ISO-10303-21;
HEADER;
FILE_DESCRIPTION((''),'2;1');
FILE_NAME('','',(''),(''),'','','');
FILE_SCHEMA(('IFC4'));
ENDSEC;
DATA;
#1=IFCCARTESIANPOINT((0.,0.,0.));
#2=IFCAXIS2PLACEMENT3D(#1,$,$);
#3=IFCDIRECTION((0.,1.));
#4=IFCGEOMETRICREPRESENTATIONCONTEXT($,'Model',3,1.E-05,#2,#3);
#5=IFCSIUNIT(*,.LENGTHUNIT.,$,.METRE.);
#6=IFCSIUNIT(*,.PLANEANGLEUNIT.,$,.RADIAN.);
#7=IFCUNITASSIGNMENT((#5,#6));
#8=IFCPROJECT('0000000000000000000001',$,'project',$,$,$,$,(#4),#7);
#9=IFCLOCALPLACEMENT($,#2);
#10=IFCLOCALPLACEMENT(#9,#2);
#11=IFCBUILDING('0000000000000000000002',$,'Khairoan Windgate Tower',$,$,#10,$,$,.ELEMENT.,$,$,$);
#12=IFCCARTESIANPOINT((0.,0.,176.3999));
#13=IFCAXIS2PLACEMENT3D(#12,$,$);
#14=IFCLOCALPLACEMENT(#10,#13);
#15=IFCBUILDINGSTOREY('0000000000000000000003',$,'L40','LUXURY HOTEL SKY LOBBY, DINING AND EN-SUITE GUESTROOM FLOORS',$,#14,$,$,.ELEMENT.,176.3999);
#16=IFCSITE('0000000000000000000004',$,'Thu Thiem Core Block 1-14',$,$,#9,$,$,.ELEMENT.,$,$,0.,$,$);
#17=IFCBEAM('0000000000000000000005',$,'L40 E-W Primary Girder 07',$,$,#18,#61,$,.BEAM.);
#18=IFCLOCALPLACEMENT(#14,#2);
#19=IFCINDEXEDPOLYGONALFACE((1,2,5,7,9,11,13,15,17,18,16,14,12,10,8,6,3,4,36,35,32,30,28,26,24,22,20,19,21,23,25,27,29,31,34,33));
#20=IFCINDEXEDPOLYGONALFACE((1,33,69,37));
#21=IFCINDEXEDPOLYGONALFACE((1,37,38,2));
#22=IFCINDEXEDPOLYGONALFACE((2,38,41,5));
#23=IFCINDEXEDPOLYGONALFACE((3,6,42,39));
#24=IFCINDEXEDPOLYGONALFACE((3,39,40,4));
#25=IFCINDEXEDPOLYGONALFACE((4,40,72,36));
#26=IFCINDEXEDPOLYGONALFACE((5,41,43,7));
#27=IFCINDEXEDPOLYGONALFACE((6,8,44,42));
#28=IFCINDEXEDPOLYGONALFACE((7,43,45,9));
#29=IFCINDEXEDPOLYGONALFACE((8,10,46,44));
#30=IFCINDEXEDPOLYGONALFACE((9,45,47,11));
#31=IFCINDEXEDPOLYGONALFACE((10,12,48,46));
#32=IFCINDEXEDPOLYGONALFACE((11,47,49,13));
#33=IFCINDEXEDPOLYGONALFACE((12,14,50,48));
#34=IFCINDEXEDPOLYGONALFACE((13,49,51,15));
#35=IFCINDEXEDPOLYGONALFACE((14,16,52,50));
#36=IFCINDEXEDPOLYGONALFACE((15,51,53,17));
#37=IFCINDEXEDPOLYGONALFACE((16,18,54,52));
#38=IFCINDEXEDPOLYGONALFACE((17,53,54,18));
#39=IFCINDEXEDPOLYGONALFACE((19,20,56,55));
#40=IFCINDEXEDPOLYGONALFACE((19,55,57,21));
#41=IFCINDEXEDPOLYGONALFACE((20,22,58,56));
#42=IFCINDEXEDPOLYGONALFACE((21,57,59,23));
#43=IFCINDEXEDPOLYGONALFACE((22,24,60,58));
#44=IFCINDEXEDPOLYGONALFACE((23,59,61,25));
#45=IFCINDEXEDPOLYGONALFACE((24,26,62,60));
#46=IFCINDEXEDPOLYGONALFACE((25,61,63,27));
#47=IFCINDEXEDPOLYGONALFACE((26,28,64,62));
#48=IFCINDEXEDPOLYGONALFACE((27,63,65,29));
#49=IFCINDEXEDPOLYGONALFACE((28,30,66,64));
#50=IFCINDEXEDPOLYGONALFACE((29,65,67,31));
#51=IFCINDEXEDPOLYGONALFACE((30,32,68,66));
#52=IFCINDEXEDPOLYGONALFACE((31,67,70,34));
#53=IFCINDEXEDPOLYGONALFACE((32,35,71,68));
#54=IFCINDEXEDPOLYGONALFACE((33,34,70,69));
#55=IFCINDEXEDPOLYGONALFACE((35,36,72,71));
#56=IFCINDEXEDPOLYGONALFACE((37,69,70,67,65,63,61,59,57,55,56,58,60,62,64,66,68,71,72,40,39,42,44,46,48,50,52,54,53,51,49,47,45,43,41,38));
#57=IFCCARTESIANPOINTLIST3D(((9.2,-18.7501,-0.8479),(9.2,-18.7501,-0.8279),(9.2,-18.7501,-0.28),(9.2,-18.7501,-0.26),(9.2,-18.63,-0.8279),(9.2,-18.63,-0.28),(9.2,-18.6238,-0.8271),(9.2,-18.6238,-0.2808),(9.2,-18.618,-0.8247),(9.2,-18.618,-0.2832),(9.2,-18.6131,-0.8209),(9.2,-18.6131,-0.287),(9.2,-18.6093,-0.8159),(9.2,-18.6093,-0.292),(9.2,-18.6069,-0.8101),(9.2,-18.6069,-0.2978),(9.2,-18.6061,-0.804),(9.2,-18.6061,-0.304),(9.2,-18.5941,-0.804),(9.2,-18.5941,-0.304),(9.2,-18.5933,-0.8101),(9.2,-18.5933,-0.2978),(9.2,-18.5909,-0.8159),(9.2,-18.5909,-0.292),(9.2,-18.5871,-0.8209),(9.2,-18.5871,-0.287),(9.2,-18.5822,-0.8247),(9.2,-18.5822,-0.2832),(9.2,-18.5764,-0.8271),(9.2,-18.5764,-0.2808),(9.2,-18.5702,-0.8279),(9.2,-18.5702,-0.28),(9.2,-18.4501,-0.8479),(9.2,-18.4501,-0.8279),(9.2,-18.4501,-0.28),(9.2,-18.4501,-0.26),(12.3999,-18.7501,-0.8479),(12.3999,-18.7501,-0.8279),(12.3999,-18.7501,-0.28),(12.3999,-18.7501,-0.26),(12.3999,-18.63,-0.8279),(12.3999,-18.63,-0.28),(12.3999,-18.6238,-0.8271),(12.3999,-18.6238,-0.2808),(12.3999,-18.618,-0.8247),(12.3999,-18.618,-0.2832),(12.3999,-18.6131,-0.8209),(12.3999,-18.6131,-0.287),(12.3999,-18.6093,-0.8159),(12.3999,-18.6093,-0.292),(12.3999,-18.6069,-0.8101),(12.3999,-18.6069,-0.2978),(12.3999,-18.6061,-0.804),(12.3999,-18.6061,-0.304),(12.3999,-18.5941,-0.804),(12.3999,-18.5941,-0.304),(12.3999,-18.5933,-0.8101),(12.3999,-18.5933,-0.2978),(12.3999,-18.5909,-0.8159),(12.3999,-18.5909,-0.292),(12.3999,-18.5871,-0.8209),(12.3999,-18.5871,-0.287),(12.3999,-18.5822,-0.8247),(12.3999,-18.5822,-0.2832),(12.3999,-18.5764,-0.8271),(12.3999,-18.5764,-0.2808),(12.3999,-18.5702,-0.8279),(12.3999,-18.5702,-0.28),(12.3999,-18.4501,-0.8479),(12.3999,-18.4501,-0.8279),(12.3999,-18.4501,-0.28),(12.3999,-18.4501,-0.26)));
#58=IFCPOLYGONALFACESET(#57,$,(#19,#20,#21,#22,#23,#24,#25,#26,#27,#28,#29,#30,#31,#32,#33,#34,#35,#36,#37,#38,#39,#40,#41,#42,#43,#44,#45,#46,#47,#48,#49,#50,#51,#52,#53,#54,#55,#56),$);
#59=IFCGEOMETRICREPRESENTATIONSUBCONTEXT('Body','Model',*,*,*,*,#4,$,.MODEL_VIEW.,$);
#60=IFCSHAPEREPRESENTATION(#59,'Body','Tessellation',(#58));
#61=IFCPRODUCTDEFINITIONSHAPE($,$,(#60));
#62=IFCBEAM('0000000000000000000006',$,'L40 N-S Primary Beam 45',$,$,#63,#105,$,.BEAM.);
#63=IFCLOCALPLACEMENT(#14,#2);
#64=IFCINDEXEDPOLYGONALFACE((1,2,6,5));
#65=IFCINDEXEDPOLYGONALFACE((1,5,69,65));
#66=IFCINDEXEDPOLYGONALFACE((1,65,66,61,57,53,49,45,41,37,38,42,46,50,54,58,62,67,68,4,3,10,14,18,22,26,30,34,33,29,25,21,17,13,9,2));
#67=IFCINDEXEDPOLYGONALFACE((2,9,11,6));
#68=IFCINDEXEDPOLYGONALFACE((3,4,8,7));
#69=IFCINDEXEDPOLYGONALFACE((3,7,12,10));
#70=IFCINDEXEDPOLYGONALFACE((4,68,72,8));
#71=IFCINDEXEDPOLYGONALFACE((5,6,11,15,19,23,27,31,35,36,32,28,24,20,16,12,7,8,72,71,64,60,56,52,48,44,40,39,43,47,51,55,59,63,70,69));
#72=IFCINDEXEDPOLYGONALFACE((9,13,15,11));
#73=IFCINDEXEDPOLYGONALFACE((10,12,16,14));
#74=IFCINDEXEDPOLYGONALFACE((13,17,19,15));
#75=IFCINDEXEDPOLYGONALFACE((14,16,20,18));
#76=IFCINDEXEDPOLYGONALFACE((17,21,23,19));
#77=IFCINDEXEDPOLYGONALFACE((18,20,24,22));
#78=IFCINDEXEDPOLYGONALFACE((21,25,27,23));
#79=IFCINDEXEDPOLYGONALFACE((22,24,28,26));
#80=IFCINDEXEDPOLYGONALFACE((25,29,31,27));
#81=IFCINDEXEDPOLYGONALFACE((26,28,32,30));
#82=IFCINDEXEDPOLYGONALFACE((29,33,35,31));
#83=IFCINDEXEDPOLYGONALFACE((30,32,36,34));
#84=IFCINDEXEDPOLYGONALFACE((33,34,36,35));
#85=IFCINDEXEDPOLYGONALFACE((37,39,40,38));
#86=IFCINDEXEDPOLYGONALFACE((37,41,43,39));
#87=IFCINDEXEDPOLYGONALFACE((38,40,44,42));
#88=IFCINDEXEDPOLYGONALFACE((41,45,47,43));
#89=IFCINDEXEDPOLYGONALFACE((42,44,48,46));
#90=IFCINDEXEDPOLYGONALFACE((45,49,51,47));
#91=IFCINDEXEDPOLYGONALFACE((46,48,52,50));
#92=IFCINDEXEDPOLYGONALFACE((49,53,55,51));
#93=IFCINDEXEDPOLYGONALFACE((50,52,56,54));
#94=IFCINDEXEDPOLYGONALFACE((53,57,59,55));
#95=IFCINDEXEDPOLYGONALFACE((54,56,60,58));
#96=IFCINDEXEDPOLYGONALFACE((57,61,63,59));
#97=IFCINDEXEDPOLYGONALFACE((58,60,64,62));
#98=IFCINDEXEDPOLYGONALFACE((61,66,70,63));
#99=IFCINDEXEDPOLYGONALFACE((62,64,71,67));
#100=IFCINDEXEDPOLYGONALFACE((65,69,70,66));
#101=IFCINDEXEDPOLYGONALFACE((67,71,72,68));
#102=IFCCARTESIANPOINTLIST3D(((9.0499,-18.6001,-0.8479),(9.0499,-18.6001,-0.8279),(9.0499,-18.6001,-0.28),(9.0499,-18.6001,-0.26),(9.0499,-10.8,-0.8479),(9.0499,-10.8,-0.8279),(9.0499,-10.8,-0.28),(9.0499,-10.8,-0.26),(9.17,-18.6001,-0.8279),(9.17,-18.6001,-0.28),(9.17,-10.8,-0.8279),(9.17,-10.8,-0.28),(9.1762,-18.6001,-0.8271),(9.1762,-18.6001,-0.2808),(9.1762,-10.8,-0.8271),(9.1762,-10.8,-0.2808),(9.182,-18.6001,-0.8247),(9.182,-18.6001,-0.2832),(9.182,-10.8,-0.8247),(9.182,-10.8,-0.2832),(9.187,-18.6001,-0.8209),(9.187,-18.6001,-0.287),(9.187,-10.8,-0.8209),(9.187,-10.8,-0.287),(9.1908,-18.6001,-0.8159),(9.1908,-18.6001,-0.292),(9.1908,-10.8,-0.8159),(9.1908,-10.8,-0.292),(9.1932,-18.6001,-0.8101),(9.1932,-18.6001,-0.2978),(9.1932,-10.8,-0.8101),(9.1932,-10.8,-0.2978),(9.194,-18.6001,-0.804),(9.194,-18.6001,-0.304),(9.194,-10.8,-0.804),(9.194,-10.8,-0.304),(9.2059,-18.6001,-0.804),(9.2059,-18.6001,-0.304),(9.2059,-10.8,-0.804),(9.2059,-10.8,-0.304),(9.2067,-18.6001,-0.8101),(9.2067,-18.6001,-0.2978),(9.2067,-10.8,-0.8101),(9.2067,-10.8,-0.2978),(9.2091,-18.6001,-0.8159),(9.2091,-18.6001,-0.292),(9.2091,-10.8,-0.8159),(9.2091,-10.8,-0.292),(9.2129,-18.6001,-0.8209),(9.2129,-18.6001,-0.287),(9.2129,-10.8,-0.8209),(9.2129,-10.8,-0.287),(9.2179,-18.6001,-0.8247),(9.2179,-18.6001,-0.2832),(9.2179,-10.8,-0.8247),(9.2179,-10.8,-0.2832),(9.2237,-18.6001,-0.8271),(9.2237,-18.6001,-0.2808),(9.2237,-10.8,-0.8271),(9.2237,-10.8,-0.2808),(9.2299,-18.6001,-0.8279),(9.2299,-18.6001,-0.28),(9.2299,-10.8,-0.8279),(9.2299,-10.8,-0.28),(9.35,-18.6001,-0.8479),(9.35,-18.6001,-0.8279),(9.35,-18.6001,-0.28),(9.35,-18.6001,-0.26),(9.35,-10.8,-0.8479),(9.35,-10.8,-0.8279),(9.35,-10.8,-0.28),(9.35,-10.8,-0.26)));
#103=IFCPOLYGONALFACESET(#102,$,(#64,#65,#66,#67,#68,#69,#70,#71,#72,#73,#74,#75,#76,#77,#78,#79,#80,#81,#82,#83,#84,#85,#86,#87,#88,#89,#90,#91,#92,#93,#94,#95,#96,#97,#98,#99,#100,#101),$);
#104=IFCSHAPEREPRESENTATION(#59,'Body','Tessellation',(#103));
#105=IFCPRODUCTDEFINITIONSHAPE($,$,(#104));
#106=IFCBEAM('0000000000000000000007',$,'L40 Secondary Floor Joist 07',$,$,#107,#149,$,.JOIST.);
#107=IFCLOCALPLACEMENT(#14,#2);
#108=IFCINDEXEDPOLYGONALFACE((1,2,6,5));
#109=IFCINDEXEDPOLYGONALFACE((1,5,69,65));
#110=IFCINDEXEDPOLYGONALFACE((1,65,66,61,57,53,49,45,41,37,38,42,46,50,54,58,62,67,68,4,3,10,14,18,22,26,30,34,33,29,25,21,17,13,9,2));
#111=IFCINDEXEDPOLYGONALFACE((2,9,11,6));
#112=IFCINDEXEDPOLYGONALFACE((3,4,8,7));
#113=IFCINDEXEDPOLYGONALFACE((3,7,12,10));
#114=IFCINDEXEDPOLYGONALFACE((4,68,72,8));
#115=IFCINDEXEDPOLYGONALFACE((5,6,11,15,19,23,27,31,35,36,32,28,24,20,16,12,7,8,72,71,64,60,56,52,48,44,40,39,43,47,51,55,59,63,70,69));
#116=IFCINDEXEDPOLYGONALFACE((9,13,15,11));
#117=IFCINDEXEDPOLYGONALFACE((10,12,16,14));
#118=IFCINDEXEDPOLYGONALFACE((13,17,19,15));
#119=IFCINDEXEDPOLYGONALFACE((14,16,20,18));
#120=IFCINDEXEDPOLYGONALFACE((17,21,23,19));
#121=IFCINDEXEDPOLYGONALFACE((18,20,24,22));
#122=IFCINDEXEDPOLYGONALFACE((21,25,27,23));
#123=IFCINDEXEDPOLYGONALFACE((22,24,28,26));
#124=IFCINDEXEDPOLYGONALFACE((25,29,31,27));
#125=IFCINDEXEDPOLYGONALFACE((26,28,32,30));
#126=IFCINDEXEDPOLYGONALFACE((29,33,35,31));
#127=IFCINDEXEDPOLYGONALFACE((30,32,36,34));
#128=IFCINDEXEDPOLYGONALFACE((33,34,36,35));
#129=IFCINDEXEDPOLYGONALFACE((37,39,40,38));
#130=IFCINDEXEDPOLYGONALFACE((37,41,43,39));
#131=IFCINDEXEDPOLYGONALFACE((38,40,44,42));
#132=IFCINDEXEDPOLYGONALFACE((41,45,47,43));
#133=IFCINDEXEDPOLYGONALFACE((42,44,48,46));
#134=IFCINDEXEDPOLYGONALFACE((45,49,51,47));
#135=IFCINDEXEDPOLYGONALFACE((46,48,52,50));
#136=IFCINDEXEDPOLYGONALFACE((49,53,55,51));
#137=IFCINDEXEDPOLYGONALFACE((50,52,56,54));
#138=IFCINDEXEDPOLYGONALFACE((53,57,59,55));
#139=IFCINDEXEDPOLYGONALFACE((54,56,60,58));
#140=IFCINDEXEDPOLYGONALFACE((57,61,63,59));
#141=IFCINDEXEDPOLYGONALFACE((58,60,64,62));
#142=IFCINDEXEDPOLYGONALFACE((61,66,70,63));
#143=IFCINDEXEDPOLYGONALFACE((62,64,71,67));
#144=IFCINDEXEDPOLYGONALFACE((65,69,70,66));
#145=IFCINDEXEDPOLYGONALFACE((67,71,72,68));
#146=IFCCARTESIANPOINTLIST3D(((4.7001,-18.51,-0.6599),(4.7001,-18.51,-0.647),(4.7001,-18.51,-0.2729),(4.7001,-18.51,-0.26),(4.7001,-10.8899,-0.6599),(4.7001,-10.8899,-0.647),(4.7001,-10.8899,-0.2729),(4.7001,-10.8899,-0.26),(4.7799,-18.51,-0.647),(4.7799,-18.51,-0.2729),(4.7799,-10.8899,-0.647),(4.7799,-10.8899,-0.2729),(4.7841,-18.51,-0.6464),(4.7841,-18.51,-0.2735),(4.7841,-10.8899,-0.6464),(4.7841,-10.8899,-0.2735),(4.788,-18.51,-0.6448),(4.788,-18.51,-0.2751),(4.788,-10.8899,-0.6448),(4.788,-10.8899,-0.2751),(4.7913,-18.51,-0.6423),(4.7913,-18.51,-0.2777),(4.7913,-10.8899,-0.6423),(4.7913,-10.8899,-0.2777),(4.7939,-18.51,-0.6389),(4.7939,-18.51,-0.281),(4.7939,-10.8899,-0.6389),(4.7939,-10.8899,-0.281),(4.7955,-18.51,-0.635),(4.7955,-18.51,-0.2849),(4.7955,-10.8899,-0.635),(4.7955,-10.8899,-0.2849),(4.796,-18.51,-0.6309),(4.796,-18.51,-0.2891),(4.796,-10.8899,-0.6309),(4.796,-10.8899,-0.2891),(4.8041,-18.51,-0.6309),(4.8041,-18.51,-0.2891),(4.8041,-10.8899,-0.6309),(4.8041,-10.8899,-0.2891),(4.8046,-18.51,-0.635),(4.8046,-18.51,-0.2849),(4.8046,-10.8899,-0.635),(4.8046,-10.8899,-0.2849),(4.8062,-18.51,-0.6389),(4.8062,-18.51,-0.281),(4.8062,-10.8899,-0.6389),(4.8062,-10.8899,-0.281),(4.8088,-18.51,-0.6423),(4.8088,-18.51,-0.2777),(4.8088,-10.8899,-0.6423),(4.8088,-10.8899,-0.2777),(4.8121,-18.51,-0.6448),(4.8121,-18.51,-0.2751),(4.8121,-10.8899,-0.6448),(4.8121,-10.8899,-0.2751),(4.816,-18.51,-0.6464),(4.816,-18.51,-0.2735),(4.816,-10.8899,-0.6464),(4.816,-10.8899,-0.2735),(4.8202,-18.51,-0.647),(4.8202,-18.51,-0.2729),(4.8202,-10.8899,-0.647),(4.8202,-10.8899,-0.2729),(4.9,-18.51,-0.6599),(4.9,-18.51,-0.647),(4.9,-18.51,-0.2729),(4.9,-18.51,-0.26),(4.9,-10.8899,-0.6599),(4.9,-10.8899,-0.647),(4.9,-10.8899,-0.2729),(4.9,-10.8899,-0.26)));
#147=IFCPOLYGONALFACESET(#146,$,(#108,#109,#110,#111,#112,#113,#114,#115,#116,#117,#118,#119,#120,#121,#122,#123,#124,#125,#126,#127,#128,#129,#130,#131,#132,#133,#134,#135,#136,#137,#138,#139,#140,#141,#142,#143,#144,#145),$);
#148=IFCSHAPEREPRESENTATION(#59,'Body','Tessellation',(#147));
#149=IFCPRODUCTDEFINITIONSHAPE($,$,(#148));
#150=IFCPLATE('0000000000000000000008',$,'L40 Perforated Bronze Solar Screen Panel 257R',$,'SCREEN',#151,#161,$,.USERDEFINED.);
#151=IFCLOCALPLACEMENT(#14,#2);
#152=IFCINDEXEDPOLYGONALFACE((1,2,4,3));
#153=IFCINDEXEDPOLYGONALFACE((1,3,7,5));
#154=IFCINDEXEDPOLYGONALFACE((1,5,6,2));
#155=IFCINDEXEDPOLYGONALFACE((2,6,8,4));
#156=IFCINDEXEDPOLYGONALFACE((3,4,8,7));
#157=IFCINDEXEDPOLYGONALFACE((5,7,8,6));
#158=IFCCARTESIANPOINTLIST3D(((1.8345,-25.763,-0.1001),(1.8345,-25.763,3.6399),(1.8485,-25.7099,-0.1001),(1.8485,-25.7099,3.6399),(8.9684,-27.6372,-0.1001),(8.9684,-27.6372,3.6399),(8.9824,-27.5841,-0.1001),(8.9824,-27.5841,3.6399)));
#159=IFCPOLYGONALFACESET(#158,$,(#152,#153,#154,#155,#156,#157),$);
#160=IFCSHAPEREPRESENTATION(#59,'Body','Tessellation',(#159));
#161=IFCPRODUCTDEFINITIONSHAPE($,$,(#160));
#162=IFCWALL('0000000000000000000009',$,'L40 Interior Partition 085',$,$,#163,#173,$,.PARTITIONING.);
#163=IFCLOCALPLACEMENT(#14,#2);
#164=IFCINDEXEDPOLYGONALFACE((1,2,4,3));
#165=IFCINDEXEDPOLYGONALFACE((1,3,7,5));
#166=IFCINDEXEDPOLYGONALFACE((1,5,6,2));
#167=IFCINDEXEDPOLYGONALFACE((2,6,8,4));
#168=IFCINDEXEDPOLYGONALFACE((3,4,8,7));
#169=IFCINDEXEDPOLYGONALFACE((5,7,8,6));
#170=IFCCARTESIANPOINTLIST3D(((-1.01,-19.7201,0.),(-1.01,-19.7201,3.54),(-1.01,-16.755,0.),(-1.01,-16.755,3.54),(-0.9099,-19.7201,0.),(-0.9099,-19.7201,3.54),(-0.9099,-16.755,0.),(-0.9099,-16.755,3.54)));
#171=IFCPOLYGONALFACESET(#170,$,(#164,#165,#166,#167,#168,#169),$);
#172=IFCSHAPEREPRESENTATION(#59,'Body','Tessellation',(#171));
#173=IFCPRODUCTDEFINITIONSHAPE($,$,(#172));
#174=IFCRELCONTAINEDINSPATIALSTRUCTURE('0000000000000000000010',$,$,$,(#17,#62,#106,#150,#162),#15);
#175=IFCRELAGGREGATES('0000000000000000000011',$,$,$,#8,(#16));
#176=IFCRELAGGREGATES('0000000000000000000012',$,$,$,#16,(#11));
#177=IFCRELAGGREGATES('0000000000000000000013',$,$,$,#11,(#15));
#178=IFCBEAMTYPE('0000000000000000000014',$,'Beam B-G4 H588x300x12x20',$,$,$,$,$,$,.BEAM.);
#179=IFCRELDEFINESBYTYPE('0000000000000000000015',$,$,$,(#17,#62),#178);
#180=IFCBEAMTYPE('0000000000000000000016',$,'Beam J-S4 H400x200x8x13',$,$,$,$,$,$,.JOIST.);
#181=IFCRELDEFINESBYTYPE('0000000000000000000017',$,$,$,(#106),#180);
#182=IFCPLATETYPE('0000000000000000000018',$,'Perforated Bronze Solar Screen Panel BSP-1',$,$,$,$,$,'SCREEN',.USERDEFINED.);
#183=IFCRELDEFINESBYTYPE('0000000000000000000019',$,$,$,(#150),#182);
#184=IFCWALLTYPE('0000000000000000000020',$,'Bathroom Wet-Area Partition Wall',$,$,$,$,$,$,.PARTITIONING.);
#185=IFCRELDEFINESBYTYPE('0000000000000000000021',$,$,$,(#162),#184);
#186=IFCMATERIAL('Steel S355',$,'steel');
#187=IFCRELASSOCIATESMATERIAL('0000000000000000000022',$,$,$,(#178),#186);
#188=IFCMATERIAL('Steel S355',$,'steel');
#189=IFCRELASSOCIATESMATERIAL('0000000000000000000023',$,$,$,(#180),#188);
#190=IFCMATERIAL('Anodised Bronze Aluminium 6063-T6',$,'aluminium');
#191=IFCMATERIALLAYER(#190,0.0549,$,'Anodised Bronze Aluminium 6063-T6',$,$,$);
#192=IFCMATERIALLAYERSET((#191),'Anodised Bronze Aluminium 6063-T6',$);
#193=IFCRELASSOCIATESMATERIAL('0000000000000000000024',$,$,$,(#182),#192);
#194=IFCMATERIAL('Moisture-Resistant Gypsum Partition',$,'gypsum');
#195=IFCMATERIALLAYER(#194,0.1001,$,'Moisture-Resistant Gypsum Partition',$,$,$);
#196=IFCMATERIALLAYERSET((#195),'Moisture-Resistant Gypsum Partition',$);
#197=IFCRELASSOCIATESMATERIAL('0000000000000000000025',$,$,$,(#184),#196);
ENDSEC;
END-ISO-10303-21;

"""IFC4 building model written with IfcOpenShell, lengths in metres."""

from ifc_helpers import new_model, si_unit, direction, frame, frame_2d, origin, origin_2d, place, context, subcontext, project, spatial, rectangle, i_section, extrude, material, layer, layer_set, material_profile, profile_set, type_object, element, save


model = new_model("IFC4")

# Units and contexts
model_context = context("Model", 3, precision=1e-05, world=origin(), true_north=direction((0.0, 1.0)))
body_context = subcontext(model_context, "Body", "Model", "MODEL_VIEW")
ifc_project = project(units=[si_unit("LENGTHUNIT", "METRE"), si_unit("PLANEANGLEUNIT", "RADIAN")], contexts=[model_context])

# Site, building, storey
site_placement = place(None, origin())
site = spatial("IfcSite", under=ifc_project, at=site_placement, Name="Thu Thiem Core Block 1-14", CompositionType="ELEMENT", RefElevation=0.0)
building_placement = place(site_placement, origin())
building = spatial("IfcBuilding", under=site, at=building_placement, Name="Khairoan Windgate Tower", CompositionType="ELEMENT")
storey_placement = place(building_placement, frame((0.0, 0.0, 176.3999)))
storey = spatial("IfcBuildingStorey", under=building, at=storey_placement, Name="L40", Description="LUXURY HOTEL SKY LOBBY, DINING AND EN-SUITE GUESTROOM FLOORS", CompositionType="ELEMENT", Elevation=176.3999)

# Beams
ifc_material_1 = material(Name="Steel S355", Category="steel")
ifc_material_profile_1 = material_profile(ifc_material_1, i_section(OverallWidth=0.3, OverallDepth=0.5879, WebThickness=0.012, FlangeThickness=0.02, FilletRadius=0.0239, at=origin_2d()))
ifc_profile_set_1 = profile_set([ifc_material_profile_1], Name="Steel S355")
beam_type_1 = type_object("IfcBeamType", Name="Beam B-G4 H588x300x12x20", PredefinedType="BEAM", material=ifc_profile_set_1)
beam_1_placement = place(storey_placement, frame((9.2, -18.6001, -0.554), z_axis=(1.0, 0.0, 0.0), x_axis=(0.0, 1.0, 0.0)))
element("IfcBeam", 1, at=beam_1_placement, inside=storey, type_object=beam_type_1, Name="L40 E-W Primary Girder 07", PredefinedType="BEAM", context=body_context, shape_type="SweptSolid", body=[
    extrude(i_section(OverallWidth=0.3, OverallDepth=0.5879, WebThickness=0.012, FlangeThickness=0.02, FilletRadius=0.0239, at=origin_2d()), origin(), (0.0, 0.0, 1.0), 3.2),
])
beam_2_placement = place(storey_placement, frame((9.2, -18.6001, -0.554), z_axis=(0.0, 1.0, 0.0), x_axis=(-1.0, 0.0, 0.0)))
element("IfcBeam", 2, at=beam_2_placement, inside=storey, type_object=beam_type_1, Name="L40 N-S Primary Beam 45", PredefinedType="BEAM", context=body_context, shape_type="SweptSolid", body=[
    extrude(i_section(OverallWidth=0.3, OverallDepth=0.5879, WebThickness=0.012, FlangeThickness=0.02, FilletRadius=0.0239, at=origin_2d()), origin(), (0.0, 0.0, 1.0), 7.8),
])
ifc_material_2 = material(Name="Steel S355", Category="steel")
ifc_material_profile_2 = material_profile(ifc_material_2, i_section(OverallWidth=0.2, OverallDepth=0.3999, WebThickness=0.0081, FlangeThickness=0.0129, FilletRadius=0.0161, at=origin_2d()))
ifc_profile_set_2 = profile_set([ifc_material_profile_2], Name="Steel S355")
beam_type_2 = type_object("IfcBeamType", Name="Beam J-S4 H400x200x8x13", PredefinedType="JOIST", material=ifc_profile_set_2)
beam_3_placement = place(storey_placement, frame((4.8, -18.51, -0.46), z_axis=(0.0, 1.0, 0.0), x_axis=(-1.0, 0.0, 0.0)))
element("IfcBeam", 3, at=beam_3_placement, inside=storey, type_object=beam_type_2, Name="L40 Secondary Floor Joist 07", PredefinedType="JOIST", context=body_context, shape_type="SweptSolid", body=[
    extrude(i_section(OverallWidth=0.2, OverallDepth=0.3999, WebThickness=0.0081, FlangeThickness=0.0129, FilletRadius=0.0161, at=origin_2d()), origin(), (0.0, 0.0, 1.0), 7.6201),
])

# Plate
ifc_material_3 = material(Name="Anodised Bronze Aluminium 6063-T6", Category="aluminium")
ifc_layer_1 = layer(ifc_material_3, 0.0549, Name="Anodised Bronze Aluminium 6063-T6")
ifc_layer_set_1 = layer_set([ifc_layer_1], Name="Anodised Bronze Aluminium 6063-T6")
plate_type = type_object("IfcPlateType", Name="Perforated Bronze Solar Screen Panel BSP-1", ElementType="SCREEN", PredefinedType="USERDEFINED", material=ifc_layer_set_1)
plate_placement = place(storey_placement, frame((5.4084, -26.6736, -0.1001), z_axis=(0.0, 0.0, 1.0), x_axis=(-0.967179, 0.254096, 0.0)))
element("IfcPlate", 4, at=plate_placement, inside=storey, type_object=plate_type, Name="L40 Perforated Bronze Solar Screen Panel 257R", ObjectType="SCREEN", PredefinedType="USERDEFINED", context=body_context, shape_type="SweptSolid", body=[
    extrude(rectangle(XDim=7.376, YDim=0.0549, at=origin_2d()), origin(), (0.0, 0.0, 1.0), 3.74),
])

# Wall
ifc_material_4 = material(Name="Moisture-Resistant Gypsum Partition", Category="gypsum")
ifc_layer_2 = layer(ifc_material_4, 0.1001, Name="Moisture-Resistant Gypsum Partition")
ifc_layer_set_2 = layer_set([ifc_layer_2], Name="Moisture-Resistant Gypsum Partition")
wall_type_1 = type_object("IfcWallType", Name="Bathroom Wet-Area Partition Wall", PredefinedType="PARTITIONING", material=ifc_layer_set_2)
wall_1_placement = place(storey_placement, frame((-0.96, -19.72, 0.0), z_axis=(0.0, 0.0, 1.0), x_axis=(0.0, 1.0, 0.0)))
element("IfcWall", 5, at=wall_1_placement, inside=storey, type_object=wall_type_1, Name="L40 Interior Partition 085", PredefinedType="PARTITIONING", context=body_context, shape_type="SweptSolid", body=[
    extrude(rectangle(XDim=2.9651, YDim=0.1001, at=frame_2d((1.4824, 0.0))), origin(), (0.0, 0.0, 1.0), 3.54),
])

save(model, "model.ifc")
